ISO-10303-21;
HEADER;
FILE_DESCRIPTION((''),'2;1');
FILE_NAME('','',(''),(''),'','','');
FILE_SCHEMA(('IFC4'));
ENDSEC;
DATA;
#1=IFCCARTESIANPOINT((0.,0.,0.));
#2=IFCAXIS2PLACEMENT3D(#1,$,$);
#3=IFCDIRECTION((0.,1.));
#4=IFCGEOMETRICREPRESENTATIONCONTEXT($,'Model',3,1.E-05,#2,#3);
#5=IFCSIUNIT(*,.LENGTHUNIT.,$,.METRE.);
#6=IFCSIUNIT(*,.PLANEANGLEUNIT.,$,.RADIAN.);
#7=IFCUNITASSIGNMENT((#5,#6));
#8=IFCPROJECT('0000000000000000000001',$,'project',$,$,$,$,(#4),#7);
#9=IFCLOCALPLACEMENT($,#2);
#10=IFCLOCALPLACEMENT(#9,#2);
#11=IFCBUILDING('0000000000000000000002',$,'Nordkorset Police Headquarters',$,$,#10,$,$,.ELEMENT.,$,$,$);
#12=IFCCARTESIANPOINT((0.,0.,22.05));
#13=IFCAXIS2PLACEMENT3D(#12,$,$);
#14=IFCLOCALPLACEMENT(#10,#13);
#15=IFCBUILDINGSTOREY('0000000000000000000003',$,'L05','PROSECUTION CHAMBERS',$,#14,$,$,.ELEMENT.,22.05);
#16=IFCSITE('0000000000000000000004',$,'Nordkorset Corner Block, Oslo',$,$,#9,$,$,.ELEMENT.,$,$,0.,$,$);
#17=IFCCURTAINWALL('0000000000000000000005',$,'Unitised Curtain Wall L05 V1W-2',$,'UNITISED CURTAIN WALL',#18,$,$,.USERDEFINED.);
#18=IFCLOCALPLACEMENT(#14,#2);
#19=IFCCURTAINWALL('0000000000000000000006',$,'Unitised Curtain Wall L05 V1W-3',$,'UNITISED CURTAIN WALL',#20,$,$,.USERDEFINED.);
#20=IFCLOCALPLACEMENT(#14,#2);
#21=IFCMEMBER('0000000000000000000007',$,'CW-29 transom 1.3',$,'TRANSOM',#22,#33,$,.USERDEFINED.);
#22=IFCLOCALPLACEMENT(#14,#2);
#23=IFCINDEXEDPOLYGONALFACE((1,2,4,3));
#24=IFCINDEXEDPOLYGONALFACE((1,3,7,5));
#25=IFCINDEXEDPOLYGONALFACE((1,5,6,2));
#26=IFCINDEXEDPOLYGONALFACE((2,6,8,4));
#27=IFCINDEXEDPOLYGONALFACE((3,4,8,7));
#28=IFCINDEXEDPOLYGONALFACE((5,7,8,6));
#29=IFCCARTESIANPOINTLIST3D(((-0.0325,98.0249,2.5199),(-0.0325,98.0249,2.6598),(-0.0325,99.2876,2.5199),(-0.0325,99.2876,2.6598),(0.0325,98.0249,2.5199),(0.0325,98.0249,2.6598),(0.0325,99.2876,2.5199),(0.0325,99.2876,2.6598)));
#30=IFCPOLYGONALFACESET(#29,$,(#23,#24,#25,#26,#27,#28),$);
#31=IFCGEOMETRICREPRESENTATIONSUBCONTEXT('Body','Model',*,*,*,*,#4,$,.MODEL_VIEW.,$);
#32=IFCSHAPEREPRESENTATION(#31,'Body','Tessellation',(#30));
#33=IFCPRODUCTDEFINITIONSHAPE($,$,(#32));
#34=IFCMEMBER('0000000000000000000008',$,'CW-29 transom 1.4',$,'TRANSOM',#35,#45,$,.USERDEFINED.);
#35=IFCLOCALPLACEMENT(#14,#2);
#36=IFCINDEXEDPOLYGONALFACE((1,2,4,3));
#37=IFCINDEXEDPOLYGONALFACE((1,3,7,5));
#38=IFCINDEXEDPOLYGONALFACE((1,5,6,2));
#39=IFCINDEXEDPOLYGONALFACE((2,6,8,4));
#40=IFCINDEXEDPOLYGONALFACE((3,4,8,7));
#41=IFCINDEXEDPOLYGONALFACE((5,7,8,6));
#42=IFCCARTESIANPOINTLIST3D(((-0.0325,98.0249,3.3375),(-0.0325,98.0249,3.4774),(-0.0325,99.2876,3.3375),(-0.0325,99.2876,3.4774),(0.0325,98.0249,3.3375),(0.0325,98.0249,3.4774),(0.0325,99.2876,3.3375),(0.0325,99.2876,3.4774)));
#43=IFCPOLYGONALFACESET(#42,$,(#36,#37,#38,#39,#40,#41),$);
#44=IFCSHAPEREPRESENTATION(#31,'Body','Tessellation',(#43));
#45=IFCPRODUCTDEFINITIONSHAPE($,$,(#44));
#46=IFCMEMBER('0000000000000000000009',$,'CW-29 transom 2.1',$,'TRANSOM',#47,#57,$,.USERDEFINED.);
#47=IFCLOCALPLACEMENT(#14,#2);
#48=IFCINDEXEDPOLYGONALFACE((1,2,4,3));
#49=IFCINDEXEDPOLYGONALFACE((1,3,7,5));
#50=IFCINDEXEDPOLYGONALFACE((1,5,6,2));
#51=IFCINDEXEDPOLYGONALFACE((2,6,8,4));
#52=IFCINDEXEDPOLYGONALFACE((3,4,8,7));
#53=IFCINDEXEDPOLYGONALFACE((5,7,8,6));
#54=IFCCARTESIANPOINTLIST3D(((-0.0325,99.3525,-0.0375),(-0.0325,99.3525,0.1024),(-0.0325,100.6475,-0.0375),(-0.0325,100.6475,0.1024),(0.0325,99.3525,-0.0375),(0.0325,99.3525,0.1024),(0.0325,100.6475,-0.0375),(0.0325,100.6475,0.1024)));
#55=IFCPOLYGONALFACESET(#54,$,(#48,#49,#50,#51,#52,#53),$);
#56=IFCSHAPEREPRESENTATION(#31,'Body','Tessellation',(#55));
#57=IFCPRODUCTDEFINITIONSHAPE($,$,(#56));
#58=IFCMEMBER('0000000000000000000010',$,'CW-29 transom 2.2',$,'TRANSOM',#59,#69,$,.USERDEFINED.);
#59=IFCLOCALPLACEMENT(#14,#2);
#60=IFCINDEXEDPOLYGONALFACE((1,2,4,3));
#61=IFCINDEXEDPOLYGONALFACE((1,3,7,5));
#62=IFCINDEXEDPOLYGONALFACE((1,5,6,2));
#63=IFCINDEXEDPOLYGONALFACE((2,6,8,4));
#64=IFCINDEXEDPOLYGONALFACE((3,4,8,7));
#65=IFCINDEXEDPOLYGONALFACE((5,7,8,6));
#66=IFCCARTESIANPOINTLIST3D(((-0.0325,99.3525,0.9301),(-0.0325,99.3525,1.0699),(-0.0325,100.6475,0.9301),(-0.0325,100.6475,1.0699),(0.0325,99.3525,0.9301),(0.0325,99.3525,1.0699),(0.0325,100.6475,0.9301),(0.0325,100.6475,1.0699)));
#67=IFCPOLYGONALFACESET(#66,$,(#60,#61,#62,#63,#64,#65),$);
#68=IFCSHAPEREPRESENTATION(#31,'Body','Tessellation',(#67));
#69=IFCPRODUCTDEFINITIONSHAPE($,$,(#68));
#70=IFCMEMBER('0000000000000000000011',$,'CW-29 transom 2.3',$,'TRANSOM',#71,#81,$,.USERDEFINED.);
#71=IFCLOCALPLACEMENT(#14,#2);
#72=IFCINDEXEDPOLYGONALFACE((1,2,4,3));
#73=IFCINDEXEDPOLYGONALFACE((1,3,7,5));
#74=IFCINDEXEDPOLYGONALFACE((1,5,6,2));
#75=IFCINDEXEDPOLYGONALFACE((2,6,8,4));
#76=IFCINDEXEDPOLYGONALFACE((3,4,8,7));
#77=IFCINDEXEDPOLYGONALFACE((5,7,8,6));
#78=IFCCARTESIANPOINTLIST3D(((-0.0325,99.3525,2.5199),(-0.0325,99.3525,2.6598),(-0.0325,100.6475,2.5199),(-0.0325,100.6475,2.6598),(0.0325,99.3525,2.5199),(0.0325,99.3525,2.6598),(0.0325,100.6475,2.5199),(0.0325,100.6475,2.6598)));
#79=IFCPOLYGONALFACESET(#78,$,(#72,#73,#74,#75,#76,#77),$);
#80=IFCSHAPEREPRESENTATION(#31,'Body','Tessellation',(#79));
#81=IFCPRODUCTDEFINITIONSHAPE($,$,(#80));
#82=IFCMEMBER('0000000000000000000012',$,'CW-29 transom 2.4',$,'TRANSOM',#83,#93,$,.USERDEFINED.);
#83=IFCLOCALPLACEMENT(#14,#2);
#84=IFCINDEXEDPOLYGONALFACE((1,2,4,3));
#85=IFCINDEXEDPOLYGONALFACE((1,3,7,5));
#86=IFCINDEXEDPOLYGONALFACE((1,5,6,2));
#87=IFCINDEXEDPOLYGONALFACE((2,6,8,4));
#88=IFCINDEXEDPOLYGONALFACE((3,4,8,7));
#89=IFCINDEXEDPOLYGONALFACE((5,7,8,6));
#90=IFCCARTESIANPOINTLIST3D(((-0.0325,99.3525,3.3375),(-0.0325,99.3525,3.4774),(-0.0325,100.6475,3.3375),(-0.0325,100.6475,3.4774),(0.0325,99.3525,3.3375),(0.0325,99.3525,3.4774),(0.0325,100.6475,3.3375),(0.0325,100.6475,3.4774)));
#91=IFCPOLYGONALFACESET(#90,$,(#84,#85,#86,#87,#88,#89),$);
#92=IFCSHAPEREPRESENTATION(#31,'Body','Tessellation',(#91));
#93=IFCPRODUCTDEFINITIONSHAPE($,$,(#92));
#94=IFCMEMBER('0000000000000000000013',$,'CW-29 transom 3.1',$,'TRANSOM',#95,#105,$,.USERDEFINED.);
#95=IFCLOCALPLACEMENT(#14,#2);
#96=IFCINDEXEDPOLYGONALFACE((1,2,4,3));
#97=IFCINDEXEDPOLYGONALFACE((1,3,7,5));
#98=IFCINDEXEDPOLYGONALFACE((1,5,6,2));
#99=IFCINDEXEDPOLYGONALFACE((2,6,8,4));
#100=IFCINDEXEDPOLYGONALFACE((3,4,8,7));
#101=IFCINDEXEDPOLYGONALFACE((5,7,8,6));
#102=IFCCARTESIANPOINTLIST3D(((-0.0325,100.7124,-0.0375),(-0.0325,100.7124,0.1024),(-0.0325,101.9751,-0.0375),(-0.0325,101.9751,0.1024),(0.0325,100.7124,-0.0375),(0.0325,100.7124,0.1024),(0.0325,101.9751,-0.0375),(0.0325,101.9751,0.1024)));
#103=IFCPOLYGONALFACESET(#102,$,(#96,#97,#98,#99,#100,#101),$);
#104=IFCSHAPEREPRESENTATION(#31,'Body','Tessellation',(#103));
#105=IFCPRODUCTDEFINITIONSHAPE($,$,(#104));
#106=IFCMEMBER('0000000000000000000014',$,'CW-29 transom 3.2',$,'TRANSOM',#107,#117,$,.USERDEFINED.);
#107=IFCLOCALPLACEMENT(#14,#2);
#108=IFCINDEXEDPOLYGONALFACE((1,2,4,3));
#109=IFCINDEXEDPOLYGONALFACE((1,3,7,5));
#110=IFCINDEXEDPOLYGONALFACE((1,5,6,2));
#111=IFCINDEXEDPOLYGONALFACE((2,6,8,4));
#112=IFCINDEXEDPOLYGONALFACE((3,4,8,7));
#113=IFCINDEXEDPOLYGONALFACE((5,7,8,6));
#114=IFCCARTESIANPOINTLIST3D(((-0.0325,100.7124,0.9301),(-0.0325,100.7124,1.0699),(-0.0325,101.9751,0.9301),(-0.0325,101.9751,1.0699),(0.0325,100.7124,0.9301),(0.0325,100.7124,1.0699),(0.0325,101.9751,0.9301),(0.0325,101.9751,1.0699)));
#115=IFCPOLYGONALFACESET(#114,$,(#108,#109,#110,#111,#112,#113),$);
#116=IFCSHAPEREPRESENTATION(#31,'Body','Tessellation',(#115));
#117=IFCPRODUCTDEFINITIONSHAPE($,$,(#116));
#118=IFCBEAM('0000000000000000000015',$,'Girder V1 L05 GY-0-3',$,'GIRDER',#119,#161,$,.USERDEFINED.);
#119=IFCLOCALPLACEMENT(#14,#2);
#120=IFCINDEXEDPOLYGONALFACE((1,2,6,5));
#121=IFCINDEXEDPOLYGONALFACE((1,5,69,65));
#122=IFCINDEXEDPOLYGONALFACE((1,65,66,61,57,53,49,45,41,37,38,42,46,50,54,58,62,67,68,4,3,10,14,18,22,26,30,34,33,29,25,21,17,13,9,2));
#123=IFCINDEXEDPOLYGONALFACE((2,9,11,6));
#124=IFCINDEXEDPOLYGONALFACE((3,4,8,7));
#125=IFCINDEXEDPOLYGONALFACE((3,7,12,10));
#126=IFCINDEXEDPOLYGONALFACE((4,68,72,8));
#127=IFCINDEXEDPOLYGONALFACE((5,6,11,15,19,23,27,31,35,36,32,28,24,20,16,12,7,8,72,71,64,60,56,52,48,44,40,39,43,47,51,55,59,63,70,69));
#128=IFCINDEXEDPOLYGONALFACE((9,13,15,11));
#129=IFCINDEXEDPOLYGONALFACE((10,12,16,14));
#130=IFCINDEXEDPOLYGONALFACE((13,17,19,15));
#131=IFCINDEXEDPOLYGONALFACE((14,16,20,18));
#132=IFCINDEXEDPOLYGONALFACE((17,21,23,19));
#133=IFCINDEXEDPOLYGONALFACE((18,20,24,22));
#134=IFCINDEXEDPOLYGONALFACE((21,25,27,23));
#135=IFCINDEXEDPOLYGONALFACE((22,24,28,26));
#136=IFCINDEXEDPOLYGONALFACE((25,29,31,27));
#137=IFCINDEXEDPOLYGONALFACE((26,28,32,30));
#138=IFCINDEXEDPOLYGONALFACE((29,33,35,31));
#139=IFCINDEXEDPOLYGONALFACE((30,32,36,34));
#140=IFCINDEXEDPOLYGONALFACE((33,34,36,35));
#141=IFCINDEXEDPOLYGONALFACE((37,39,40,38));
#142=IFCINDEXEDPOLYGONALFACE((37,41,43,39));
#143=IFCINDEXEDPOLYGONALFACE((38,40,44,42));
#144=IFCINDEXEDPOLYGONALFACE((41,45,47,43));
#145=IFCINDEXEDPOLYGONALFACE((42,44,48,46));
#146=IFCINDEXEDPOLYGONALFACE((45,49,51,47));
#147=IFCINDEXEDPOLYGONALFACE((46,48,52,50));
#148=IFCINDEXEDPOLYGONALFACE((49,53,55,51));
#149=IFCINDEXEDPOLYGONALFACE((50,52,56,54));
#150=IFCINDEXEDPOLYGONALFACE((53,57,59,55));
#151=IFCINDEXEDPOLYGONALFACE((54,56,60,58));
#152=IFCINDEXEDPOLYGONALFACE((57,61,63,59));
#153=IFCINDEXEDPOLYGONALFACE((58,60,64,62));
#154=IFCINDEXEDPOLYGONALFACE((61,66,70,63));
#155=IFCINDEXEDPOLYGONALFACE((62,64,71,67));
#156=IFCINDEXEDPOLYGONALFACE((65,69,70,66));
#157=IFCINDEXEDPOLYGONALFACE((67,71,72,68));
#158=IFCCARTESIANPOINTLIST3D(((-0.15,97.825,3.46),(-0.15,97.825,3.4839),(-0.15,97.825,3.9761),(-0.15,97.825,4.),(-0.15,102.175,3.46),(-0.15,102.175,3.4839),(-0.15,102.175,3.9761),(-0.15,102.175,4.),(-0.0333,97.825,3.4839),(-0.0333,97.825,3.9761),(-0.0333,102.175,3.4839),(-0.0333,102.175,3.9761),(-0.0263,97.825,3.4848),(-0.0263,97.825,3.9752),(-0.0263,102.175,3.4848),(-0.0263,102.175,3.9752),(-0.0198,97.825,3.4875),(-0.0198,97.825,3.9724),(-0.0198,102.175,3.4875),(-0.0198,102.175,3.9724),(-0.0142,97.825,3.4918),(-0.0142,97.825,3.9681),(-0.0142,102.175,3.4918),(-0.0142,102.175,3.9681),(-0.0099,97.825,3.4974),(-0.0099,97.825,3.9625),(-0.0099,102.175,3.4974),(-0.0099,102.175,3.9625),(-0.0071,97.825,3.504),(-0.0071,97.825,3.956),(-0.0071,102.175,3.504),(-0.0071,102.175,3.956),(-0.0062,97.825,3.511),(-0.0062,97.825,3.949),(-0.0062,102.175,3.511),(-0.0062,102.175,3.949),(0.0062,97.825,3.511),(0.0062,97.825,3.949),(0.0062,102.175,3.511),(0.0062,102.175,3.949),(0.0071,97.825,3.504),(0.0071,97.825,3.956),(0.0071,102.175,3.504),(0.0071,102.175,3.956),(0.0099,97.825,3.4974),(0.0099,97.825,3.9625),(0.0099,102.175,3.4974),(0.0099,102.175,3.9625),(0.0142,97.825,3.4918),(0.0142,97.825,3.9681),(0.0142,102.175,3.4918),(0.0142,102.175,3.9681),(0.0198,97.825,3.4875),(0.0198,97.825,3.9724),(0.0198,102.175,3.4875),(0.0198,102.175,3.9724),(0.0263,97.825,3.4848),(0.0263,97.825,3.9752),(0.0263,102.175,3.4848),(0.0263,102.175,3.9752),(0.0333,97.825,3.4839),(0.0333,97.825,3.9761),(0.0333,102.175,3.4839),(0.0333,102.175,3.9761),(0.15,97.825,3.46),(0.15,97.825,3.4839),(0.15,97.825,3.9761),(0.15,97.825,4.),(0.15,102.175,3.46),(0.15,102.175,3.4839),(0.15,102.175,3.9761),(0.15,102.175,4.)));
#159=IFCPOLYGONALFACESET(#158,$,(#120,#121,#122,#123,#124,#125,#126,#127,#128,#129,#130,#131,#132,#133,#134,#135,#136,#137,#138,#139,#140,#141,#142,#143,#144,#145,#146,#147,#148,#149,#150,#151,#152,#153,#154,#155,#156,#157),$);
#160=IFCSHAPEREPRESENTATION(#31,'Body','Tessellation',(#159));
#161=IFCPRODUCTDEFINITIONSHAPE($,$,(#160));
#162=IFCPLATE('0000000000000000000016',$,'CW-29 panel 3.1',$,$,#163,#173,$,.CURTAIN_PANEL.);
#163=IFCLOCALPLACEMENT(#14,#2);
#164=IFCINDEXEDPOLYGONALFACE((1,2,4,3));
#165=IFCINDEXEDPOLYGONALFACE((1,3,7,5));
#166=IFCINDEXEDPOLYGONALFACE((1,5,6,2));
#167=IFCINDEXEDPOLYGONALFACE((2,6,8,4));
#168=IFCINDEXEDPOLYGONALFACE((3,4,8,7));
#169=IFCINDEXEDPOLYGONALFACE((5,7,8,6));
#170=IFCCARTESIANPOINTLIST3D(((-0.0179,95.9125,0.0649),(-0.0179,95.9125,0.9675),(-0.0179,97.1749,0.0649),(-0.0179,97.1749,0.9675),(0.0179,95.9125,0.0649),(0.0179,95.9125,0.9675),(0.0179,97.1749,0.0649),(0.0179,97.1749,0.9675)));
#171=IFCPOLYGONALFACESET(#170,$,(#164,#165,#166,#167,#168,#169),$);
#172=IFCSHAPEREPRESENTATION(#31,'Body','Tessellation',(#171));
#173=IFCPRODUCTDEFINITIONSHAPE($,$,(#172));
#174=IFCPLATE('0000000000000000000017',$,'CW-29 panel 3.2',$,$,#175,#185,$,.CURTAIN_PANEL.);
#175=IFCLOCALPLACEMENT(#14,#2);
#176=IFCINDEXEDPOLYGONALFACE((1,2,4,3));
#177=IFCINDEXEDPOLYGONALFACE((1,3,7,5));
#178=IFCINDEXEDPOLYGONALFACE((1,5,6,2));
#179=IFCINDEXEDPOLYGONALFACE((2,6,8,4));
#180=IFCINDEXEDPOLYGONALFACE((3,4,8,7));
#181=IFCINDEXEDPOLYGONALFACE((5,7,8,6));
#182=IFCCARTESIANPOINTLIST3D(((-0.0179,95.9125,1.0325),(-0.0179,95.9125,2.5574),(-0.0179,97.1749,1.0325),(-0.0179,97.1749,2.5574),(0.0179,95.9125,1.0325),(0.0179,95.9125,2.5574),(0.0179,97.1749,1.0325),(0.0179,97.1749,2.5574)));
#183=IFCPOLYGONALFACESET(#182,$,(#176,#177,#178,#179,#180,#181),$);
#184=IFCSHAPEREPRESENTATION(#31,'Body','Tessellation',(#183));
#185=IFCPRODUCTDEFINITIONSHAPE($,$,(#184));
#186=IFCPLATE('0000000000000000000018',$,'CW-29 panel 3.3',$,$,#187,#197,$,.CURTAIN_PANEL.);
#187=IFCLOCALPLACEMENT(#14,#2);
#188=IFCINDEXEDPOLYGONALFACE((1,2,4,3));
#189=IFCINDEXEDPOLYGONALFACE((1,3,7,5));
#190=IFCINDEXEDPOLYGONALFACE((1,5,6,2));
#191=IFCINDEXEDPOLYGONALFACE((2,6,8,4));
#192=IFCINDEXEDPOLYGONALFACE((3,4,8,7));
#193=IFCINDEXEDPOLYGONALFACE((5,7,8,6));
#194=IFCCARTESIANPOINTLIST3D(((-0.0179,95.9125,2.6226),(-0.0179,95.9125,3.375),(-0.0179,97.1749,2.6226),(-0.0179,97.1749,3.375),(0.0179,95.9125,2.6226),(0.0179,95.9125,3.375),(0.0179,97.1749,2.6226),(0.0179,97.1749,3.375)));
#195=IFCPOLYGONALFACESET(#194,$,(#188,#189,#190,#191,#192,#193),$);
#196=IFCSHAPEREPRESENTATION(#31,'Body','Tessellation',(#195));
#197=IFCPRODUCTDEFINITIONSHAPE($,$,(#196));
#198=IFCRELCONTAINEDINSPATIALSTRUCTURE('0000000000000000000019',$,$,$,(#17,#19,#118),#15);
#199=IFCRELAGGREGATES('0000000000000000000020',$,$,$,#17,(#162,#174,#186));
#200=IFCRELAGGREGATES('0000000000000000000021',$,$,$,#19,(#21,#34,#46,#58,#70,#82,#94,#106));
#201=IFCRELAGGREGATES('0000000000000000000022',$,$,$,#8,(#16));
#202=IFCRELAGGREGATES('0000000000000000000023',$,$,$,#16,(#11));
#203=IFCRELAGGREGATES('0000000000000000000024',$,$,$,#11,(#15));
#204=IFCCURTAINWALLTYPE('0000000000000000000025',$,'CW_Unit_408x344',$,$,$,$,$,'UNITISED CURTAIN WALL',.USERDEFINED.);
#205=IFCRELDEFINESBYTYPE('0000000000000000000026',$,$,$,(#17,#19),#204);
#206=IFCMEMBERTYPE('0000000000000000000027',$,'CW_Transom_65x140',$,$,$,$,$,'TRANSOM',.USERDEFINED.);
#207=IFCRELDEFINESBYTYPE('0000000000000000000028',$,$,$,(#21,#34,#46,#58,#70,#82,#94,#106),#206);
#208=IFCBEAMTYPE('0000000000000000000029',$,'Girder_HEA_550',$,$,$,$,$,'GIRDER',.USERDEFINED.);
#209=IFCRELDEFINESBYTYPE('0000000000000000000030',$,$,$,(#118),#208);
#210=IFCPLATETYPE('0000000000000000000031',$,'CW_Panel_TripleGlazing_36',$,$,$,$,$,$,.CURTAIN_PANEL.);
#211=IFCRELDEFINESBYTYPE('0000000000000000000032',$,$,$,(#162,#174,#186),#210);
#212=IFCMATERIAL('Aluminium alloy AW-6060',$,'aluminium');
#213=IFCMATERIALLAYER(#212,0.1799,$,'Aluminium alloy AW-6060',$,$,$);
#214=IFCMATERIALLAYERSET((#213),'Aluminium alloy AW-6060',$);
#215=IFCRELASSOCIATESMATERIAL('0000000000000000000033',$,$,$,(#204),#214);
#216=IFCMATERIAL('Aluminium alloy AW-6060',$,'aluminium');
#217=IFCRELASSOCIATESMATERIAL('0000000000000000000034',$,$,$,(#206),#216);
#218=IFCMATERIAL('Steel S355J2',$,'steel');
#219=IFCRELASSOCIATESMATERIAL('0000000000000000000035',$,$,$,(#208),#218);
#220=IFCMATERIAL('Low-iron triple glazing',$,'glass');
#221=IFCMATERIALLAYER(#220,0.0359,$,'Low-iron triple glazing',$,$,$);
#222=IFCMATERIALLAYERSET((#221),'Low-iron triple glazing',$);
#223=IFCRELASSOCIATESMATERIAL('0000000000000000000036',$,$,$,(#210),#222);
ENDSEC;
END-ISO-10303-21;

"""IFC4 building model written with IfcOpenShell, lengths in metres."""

from ifc_helpers import new_model, si_unit, direction, frame, origin, origin_2d, place, context, subcontext, project, spatial, rectangle, i_section, extrude, material, layer, layer_set, material_profile, profile_set, type_object, element, aggregate, save


model = new_model("IFC4")

# Units and contexts
model_context = context("Model", 3, precision=1e-05, world=origin(), true_north=direction((0.0, 1.0)))
body_context = subcontext(model_context, "Body", "Model", "MODEL_VIEW")
ifc_project = project(units=[si_unit("LENGTHUNIT", "METRE"), si_unit("PLANEANGLEUNIT", "RADIAN")], contexts=[model_context])

# Site, building, storey
site_placement = place(None, origin())
site = spatial("IfcSite", under=ifc_project, at=site_placement, Name="Nordkorset Corner Block, Oslo", CompositionType="ELEMENT", RefElevation=0.0)
building_placement = place(site_placement, origin())
building = spatial("IfcBuilding", under=site, at=building_placement, Name="Nordkorset Police Headquarters", CompositionType="ELEMENT")
storey_placement = place(building_placement, frame((0.0, 0.0, 22.05)))
storey = spatial("IfcBuildingStorey", under=building, at=storey_placement, Name="L05", Description="PROSECUTION CHAMBERS", CompositionType="ELEMENT", Elevation=22.05)

# Curtain walls
ifc_material_1 = material(Name="Aluminium alloy AW-6060", Category="aluminium")
ifc_layer_1 = layer(ifc_material_1, 0.1799, Name="Aluminium alloy AW-6060")
ifc_layer_set_1 = layer_set([ifc_layer_1], Name="Aluminium alloy AW-6060")
curtain_wall_type = type_object("IfcCurtainWallType", Name="CW_Unit_408x344", ElementType="UNITISED CURTAIN WALL", PredefinedType="USERDEFINED", material=ifc_layer_set_1)
curtain_wall_1_placement = place(storey_placement, origin())
curtain_wall_1 = element("IfcCurtainWall", 1, at=curtain_wall_1_placement, inside=storey, type_object=curtain_wall_type, Name="Unitised Curtain Wall L05 V1W-2", ObjectType="UNITISED CURTAIN WALL", PredefinedType="USERDEFINED")
curtain_wall_2_placement = place(storey_placement, origin())
curtain_wall_2 = element("IfcCurtainWall", 2, at=curtain_wall_2_placement, inside=storey, type_object=curtain_wall_type, Name="Unitised Curtain Wall L05 V1W-3", ObjectType="UNITISED CURTAIN WALL", PredefinedType="USERDEFINED")

# Members
ifc_material_2 = material(Name="Aluminium alloy AW-6060", Category="aluminium")
ifc_material_profile_1 = material_profile(ifc_material_2, rectangle(XDim=0.0649, YDim=0.1399, at=origin_2d()), Name="ALU TRAN 65x140")
ifc_profile_set_1 = profile_set([ifc_material_profile_1], Name="Aluminium alloy AW-6060")
member_type_1 = type_object("IfcMemberType", Name="CW_Transom_65x140", ElementType="TRANSOM", PredefinedType="USERDEFINED", material=ifc_profile_set_1)
member_1_placement = place(storey_placement, frame((0.0, 98.0249, 2.5898), z_axis=(0.0, 1.0, 0.0), x_axis=(-1.0, 0.0, 0.0)))
member_1 = element("IfcMember", 3, at=member_1_placement, type_object=member_type_1, Name="CW-29 transom 1.3", ObjectType="TRANSOM", PredefinedType="USERDEFINED", context=body_context, shape_type="SweptSolid", body=[
    extrude(rectangle(XDim=0.0649, YDim=0.1399, at=origin_2d()), origin(), (0.0, 0.0, 1.0), 1.2627),
])
member_2_placement = place(storey_placement, frame((0.0, 98.0249, 3.4075), z_axis=(0.0, 1.0, 0.0), x_axis=(-1.0, 0.0, 0.0)))
member_2 = element("IfcMember", 4, at=member_2_placement, type_object=member_type_1, Name="CW-29 transom 1.4", ObjectType="TRANSOM", PredefinedType="USERDEFINED", context=body_context, shape_type="SweptSolid", body=[
    extrude(rectangle(XDim=0.0649, YDim=0.1399, at=origin_2d()), origin(), (0.0, 0.0, 1.0), 1.2627),
])
member_3_placement = place(storey_placement, frame((0.0, 99.3525, 0.0325), z_axis=(0.0, 1.0, 0.0), x_axis=(-1.0, 0.0, 0.0)))
member_3 = element("IfcMember", 5, at=member_3_placement, type_object=member_type_1, Name="CW-29 transom 2.1", ObjectType="TRANSOM", PredefinedType="USERDEFINED", context=body_context, shape_type="SweptSolid", body=[
    extrude(rectangle(XDim=0.0649, YDim=0.1399, at=origin_2d()), origin(), (0.0, 0.0, 1.0), 1.2949),
])
member_4_placement = place(storey_placement, frame((0.0, 99.3525, 1.0), z_axis=(0.0, 1.0, 0.0), x_axis=(-1.0, 0.0, 0.0)))
member_4 = element("IfcMember", 6, at=member_4_placement, type_object=member_type_1, Name="CW-29 transom 2.2", ObjectType="TRANSOM", PredefinedType="USERDEFINED", context=body_context, shape_type="SweptSolid", body=[
    extrude(rectangle(XDim=0.0649, YDim=0.1399, at=origin_2d()), origin(), (0.0, 0.0, 1.0), 1.2949),
])
member_5_placement = place(storey_placement, frame((0.0, 99.3525, 2.5898), z_axis=(0.0, 1.0, 0.0), x_axis=(-1.0, 0.0, 0.0)))
member_5 = element("IfcMember", 7, at=member_5_placement, type_object=member_type_1, Name="CW-29 transom 2.3", ObjectType="TRANSOM", PredefinedType="USERDEFINED", context=body_context, shape_type="SweptSolid", body=[
    extrude(rectangle(XDim=0.0649, YDim=0.1399, at=origin_2d()), origin(), (0.0, 0.0, 1.0), 1.2949),
])
member_6_placement = place(storey_placement, frame((0.0, 99.3525, 3.4075), z_axis=(0.0, 1.0, 0.0), x_axis=(-1.0, 0.0, 0.0)))
member_6 = element("IfcMember", 8, at=member_6_placement, type_object=member_type_1, Name="CW-29 transom 2.4", ObjectType="TRANSOM", PredefinedType="USERDEFINED", context=body_context, shape_type="SweptSolid", body=[
    extrude(rectangle(XDim=0.0649, YDim=0.1399, at=origin_2d()), origin(), (0.0, 0.0, 1.0), 1.2949),
])
member_7_placement = place(storey_placement, frame((0.0, 100.7124, 0.0325), z_axis=(0.0, 1.0, 0.0), x_axis=(-1.0, 0.0, 0.0)))
member_7 = element("IfcMember", 9, at=member_7_placement, type_object=member_type_1, Name="CW-29 transom 3.1", ObjectType="TRANSOM", PredefinedType="USERDEFINED", context=body_context, shape_type="SweptSolid", body=[
    extrude(rectangle(XDim=0.0649, YDim=0.1399, at=origin_2d()), origin(), (0.0, 0.0, 1.0), 1.2627),
])
member_8_placement = place(storey_placement, frame((0.0, 100.7124, 1.0), z_axis=(0.0, 1.0, 0.0), x_axis=(-1.0, 0.0, 0.0)))
member_8 = element("IfcMember", 10, at=member_8_placement, type_object=member_type_1, Name="CW-29 transom 3.2", ObjectType="TRANSOM", PredefinedType="USERDEFINED", context=body_context, shape_type="SweptSolid", body=[
    extrude(rectangle(XDim=0.0649, YDim=0.1399, at=origin_2d()), origin(), (0.0, 0.0, 1.0), 1.2627),
])

# Beam
ifc_material_3 = material(Name="Steel S355J2", Category="steel")
ifc_material_profile_2 = material_profile(ifc_material_3, i_section(OverallWidth=0.3, OverallDepth=0.54, WebThickness=0.0125, FlangeThickness=0.0239, FilletRadius=0.0271, at=origin_2d()), Name="HEA 550")
ifc_profile_set_2 = profile_set([ifc_material_profile_2], Name="Steel S355J2")
beam_type = type_object("IfcBeamType", Name="Girder_HEA_550", ElementType="GIRDER", PredefinedType="USERDEFINED", material=ifc_profile_set_2)
beam_placement = place(storey_placement, frame((0.0, 97.825, 3.73), z_axis=(0.0, 1.0, 0.0), x_axis=(-1.0, 0.0, 0.0)))
element("IfcBeam", 11, at=beam_placement, inside=storey, type_object=beam_type, Name="Girder V1 L05 GY-0-3", ObjectType="GIRDER", PredefinedType="USERDEFINED", context=body_context, shape_type="SweptSolid", body=[
    extrude(i_section(OverallWidth=0.3, OverallDepth=0.54, WebThickness=0.0125, FlangeThickness=0.0239, FilletRadius=0.0271, at=origin_2d()), origin(), (0.0, 0.0, 1.0), 4.3501),
])

# Plates
ifc_material_4 = material(Name="Low-iron triple glazing", Category="glass")
ifc_layer_2 = layer(ifc_material_4, 0.0359, Name="Low-iron triple glazing")
ifc_layer_set_2 = layer_set([ifc_layer_2], Name="Low-iron triple glazing")
plate_type = type_object("IfcPlateType", Name="CW_Panel_TripleGlazing_36", PredefinedType="CURTAIN_PANEL", material=ifc_layer_set_2)
plate_1_placement = place(storey_placement, frame((0.0, 96.5437, 0.0649), z_axis=(0.0, 0.0, 1.0), x_axis=(0.0, 1.0, 0.0)))
plate_1 = element("IfcPlate", 12, at=plate_1_placement, type_object=plate_type, Name="CW-29 panel 3.1", PredefinedType="CURTAIN_PANEL", context=body_context, shape_type="SweptSolid", body=[
    extrude(rectangle(XDim=1.2625, YDim=0.0359, at=origin_2d()), origin(), (0.0, 0.0, 1.0), 0.9026),
])
plate_2_placement = place(storey_placement, frame((0.0, 96.5437, 1.0325), z_axis=(0.0, 0.0, 1.0), x_axis=(0.0, 1.0, 0.0)))
plate_2 = element("IfcPlate", 13, at=plate_2_placement, type_object=plate_type, Name="CW-29 panel 3.2", PredefinedType="CURTAIN_PANEL", context=body_context, shape_type="SweptSolid", body=[
    extrude(rectangle(XDim=1.2625, YDim=0.0359, at=origin_2d()), origin(), (0.0, 0.0, 1.0), 1.5249),
])
plate_3_placement = place(storey_placement, frame((0.0, 96.5437, 2.6226), z_axis=(0.0, 0.0, 1.0), x_axis=(0.0, 1.0, 0.0)))
plate_3 = element("IfcPlate", 14, at=plate_3_placement, type_object=plate_type, Name="CW-29 panel 3.3", PredefinedType="CURTAIN_PANEL", context=body_context, shape_type="SweptSolid", body=[
    extrude(rectangle(XDim=1.2625, YDim=0.0359, at=origin_2d()), origin(), (0.0, 0.0, 1.0), 0.7524),
])
aggregate(curtain_wall_1, [plate_1, plate_2, plate_3])
aggregate(curtain_wall_2, [member_1, member_2, member_3, member_4, member_5, member_6, member_7, member_8])

save(model, "model.ifc")
